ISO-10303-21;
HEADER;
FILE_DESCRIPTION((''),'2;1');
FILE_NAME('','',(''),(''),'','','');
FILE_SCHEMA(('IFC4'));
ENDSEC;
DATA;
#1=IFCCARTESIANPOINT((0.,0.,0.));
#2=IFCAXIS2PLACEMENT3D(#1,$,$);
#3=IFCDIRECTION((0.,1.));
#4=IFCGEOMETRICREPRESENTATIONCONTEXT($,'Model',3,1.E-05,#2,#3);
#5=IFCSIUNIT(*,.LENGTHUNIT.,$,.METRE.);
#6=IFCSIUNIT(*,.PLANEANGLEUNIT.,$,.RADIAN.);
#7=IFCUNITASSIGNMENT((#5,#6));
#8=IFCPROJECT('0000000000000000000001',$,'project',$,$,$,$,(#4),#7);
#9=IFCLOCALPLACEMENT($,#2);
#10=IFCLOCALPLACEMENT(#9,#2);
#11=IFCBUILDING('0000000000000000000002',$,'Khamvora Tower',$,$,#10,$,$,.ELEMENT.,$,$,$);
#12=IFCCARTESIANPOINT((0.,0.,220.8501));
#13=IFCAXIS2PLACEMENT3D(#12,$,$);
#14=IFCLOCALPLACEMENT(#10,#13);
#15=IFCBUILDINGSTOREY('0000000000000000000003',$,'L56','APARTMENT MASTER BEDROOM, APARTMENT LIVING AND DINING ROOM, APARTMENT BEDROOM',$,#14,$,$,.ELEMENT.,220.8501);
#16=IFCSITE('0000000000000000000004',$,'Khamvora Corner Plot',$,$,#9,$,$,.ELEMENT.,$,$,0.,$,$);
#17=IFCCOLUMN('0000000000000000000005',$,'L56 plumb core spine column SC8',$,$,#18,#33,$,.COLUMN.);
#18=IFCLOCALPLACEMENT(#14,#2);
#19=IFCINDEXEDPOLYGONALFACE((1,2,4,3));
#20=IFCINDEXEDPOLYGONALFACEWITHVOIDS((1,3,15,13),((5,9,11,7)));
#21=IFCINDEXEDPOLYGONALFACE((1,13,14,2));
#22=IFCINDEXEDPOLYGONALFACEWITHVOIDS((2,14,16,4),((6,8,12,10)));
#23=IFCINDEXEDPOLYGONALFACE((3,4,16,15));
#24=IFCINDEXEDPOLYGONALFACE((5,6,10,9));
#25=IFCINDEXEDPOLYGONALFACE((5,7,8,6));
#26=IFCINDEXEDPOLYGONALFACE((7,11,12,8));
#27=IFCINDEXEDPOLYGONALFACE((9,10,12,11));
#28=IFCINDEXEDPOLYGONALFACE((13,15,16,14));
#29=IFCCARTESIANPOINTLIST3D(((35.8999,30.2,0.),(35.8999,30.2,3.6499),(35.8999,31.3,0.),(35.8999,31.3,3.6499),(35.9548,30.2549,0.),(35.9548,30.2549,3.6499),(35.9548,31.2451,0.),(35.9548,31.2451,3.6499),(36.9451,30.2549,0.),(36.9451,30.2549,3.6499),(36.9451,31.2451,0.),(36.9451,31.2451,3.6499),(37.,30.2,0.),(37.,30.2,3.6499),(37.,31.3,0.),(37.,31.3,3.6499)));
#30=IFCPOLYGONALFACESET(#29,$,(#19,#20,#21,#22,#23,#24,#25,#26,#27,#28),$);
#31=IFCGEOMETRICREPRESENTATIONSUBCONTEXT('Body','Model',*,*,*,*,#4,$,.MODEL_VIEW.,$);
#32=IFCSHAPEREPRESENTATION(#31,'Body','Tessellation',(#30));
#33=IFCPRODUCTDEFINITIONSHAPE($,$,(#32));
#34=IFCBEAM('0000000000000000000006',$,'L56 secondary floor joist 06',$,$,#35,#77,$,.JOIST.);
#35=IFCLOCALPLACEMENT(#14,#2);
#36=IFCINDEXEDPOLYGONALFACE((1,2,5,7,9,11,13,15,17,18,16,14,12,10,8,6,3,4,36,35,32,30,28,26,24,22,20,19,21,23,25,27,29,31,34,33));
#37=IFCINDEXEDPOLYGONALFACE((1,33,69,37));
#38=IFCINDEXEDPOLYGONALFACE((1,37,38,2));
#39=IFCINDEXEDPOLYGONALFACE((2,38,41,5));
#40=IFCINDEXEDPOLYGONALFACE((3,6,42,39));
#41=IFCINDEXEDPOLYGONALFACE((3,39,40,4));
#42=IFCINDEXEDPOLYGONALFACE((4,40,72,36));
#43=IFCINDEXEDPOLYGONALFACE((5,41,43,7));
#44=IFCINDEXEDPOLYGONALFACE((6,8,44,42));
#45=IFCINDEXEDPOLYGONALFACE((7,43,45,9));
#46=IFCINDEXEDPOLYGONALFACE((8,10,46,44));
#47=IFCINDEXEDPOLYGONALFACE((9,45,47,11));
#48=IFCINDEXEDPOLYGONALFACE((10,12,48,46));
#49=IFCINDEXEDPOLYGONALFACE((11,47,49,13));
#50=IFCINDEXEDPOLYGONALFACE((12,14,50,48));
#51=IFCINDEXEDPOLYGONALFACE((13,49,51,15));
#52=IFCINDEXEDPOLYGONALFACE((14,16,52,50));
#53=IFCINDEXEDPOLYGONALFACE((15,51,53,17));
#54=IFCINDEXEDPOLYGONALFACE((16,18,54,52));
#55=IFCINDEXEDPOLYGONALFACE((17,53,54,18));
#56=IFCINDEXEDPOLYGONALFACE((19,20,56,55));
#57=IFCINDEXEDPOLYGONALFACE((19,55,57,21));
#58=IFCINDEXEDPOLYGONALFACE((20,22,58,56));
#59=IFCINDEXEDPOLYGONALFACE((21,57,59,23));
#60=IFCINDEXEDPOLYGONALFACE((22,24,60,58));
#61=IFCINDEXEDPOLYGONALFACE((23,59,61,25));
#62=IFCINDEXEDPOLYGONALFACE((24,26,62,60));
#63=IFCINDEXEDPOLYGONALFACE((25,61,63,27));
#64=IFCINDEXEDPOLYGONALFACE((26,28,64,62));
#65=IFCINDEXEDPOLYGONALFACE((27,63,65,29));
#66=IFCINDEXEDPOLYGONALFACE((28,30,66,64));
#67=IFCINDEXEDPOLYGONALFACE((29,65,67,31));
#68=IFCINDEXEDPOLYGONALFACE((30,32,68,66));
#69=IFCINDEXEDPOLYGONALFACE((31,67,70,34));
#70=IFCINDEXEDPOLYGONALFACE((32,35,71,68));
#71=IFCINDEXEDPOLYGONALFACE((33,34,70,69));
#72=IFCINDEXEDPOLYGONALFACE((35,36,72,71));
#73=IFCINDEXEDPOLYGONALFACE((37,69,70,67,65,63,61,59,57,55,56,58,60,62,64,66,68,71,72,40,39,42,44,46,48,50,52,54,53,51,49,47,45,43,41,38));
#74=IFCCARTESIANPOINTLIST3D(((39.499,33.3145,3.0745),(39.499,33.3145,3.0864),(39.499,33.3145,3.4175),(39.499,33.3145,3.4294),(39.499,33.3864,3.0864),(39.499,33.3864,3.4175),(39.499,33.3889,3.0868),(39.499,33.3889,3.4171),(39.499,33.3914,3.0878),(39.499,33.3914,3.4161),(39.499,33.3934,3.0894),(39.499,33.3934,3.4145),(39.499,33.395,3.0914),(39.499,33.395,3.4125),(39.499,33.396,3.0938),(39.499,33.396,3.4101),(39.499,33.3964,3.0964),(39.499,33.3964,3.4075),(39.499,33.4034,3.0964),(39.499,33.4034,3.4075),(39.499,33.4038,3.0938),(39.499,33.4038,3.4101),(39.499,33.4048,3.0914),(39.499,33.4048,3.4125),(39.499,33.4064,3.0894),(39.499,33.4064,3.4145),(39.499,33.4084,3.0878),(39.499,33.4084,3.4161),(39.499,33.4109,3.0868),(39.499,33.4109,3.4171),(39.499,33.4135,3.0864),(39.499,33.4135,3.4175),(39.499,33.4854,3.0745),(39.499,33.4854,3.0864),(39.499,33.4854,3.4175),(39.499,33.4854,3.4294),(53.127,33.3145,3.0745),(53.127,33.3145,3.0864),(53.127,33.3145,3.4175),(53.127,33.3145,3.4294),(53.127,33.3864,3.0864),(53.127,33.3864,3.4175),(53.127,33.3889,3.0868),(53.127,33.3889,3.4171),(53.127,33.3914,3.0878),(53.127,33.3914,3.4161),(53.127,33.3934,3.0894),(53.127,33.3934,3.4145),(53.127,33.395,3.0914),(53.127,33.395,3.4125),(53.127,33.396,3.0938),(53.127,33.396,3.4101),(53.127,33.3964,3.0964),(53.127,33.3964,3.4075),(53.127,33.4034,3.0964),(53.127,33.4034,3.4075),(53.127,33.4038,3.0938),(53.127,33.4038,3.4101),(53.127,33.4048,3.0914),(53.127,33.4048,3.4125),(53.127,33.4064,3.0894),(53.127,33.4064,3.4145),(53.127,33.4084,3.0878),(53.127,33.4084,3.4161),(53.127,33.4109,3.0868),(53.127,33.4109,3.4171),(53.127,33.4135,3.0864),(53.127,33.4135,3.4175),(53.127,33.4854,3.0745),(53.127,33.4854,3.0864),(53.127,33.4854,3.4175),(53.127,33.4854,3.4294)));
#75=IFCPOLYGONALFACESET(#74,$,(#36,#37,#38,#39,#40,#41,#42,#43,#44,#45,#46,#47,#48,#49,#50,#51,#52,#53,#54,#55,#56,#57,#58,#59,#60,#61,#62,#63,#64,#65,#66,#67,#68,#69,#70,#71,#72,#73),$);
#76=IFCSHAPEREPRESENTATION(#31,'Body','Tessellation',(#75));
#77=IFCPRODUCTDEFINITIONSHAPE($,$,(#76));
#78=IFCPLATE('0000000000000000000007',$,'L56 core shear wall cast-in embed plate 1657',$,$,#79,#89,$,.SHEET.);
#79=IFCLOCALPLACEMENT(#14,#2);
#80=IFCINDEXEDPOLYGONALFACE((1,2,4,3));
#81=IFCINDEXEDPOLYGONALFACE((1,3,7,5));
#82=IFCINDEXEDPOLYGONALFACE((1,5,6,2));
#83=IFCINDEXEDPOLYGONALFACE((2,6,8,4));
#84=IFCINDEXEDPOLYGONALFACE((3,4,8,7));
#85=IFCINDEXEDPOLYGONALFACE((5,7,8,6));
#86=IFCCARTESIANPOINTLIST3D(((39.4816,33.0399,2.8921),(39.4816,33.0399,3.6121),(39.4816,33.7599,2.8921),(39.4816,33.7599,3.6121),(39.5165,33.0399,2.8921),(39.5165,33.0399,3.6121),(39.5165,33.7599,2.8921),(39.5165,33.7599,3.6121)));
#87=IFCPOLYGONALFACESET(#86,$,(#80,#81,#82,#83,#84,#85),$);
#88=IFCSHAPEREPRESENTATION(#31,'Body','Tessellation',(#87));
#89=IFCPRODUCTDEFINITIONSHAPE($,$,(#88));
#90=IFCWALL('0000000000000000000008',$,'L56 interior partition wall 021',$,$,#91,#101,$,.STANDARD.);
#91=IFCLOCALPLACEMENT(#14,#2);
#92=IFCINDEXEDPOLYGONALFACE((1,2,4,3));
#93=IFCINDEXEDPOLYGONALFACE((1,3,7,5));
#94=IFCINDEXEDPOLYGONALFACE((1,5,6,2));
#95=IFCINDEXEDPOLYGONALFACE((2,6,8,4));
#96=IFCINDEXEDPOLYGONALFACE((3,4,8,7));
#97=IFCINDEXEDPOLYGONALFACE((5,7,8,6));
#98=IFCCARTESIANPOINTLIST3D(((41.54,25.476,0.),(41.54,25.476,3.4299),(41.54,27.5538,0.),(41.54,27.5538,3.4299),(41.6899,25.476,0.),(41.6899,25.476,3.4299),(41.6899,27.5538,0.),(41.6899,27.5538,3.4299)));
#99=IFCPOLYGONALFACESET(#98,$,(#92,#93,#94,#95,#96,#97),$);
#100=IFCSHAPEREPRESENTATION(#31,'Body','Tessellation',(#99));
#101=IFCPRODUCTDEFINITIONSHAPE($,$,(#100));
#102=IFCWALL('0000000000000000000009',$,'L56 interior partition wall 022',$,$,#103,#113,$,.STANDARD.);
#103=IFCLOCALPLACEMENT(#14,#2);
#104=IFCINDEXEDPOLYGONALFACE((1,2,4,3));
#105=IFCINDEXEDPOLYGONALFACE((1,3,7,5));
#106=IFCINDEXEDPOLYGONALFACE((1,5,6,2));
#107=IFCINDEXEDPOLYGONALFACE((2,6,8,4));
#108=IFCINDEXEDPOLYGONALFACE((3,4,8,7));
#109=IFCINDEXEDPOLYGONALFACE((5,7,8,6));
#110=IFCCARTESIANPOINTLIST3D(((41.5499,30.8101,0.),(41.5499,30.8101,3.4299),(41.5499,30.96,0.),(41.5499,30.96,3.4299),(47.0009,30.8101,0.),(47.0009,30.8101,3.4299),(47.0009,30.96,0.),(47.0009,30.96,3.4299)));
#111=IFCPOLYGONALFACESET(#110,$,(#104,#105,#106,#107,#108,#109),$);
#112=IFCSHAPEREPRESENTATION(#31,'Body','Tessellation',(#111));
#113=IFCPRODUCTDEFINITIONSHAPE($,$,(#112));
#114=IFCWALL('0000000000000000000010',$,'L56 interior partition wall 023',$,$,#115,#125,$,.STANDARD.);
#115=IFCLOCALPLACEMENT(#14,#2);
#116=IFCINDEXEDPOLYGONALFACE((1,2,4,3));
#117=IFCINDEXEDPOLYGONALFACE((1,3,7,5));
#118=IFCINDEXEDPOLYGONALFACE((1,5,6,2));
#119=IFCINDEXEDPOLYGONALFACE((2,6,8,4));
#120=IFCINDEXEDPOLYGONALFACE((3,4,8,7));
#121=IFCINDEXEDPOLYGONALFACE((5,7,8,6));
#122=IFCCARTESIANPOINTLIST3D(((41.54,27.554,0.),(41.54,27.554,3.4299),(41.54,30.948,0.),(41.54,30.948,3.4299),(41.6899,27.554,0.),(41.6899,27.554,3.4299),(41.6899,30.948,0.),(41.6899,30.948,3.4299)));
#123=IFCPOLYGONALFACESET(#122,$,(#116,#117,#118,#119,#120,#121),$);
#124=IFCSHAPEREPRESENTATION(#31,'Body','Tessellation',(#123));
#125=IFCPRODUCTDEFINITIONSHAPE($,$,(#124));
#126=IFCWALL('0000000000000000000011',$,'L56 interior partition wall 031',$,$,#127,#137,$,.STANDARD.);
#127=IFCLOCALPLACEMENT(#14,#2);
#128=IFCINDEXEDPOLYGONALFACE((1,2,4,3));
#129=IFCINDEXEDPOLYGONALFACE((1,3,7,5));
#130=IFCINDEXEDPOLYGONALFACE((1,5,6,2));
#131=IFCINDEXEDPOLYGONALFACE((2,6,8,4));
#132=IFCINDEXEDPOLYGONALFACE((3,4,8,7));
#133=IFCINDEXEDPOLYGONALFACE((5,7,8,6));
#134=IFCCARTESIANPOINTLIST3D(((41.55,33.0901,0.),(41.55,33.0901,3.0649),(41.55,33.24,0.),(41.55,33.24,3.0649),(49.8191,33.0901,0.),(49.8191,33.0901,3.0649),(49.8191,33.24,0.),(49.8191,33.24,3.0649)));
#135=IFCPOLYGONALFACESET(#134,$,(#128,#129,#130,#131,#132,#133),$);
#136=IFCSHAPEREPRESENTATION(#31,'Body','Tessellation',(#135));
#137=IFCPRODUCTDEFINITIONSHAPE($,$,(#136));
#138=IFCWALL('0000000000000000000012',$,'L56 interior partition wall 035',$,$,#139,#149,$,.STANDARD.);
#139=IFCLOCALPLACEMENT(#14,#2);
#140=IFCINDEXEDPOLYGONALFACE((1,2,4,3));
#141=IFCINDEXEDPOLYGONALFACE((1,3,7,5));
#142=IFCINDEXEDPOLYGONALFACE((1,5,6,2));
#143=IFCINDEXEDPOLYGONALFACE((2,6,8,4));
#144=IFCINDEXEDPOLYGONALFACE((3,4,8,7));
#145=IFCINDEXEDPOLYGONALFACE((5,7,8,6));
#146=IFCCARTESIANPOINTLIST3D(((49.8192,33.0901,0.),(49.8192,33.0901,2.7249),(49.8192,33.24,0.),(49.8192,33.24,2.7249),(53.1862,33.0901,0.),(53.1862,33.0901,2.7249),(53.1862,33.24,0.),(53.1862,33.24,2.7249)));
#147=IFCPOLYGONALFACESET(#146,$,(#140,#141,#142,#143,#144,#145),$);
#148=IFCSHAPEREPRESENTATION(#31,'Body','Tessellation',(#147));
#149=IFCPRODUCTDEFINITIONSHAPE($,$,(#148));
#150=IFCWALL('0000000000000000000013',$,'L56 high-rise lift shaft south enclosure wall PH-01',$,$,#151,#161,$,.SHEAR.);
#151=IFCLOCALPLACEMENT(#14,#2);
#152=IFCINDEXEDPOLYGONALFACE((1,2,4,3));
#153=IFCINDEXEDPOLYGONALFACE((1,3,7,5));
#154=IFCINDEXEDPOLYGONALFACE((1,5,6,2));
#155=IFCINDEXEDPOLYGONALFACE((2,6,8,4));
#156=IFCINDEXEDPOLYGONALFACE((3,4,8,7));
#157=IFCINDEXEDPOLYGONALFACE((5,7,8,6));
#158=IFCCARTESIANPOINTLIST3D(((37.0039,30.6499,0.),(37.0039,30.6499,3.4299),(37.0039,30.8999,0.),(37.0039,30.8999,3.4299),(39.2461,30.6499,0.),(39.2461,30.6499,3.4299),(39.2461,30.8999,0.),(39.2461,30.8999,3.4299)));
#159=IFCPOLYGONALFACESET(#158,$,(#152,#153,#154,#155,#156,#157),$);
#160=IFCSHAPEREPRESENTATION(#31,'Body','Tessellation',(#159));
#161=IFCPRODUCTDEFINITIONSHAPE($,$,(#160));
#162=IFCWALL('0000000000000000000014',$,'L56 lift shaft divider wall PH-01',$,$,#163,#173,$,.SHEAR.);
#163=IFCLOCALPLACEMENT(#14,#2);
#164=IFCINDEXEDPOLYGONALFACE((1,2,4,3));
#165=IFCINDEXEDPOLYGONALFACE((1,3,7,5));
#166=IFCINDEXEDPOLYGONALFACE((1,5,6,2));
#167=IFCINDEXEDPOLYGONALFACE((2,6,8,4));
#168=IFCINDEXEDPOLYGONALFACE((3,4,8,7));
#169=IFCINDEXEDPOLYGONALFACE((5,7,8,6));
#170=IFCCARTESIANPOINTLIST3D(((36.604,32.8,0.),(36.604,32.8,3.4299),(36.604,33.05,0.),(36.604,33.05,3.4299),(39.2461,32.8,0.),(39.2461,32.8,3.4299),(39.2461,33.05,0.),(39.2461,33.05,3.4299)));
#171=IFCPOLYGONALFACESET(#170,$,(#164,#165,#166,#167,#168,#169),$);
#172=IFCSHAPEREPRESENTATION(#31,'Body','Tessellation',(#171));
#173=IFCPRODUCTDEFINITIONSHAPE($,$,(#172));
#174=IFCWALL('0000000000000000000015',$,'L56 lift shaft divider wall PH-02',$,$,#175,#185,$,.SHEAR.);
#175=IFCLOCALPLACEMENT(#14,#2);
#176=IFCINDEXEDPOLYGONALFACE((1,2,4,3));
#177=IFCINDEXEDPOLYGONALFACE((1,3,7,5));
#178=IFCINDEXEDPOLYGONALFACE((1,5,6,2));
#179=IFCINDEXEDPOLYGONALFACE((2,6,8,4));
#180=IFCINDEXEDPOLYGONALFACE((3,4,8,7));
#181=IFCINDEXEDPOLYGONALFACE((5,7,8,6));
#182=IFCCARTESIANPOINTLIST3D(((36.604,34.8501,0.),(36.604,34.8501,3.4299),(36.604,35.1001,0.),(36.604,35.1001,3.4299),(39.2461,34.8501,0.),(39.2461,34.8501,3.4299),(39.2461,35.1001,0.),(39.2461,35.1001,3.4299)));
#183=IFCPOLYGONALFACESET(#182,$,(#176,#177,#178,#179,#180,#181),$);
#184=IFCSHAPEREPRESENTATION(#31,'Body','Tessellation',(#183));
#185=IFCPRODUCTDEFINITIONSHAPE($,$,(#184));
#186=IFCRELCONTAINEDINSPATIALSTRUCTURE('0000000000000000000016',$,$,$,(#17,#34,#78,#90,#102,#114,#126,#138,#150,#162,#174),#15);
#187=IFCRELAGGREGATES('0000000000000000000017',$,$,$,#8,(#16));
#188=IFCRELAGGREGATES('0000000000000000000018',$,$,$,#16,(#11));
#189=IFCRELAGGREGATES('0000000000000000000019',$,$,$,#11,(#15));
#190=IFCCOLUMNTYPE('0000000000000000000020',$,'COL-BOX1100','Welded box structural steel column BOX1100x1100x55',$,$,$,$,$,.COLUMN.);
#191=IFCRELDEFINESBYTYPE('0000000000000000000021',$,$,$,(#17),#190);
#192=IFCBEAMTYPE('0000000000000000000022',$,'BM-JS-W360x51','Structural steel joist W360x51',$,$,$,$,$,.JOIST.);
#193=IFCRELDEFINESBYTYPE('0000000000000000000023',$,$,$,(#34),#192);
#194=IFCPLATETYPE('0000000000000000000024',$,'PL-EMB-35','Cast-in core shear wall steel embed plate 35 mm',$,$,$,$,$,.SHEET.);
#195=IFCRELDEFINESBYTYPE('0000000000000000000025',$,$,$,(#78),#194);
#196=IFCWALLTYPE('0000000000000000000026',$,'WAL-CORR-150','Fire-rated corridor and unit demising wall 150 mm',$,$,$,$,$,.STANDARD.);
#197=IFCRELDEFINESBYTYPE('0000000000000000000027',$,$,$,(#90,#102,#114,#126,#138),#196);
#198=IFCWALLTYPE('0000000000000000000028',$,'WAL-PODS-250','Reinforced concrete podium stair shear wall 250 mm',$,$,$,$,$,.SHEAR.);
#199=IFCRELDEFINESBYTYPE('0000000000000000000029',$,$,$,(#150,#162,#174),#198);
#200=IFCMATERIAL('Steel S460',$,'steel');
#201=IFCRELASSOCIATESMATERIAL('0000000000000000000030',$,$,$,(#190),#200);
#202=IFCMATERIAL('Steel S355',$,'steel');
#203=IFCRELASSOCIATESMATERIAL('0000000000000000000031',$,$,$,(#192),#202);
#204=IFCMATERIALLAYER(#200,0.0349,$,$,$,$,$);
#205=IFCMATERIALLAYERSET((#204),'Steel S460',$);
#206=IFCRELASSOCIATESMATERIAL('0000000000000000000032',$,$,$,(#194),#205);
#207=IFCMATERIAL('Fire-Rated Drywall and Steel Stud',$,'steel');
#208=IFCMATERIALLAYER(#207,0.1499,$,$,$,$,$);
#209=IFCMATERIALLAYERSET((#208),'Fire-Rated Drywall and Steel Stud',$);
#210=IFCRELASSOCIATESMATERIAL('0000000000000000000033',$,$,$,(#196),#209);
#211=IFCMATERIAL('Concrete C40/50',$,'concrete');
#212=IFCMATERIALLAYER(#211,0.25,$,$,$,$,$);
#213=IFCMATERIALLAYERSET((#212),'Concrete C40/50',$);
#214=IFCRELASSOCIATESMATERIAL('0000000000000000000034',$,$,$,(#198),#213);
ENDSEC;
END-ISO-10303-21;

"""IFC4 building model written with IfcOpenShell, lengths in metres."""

from ifc_helpers import new_model, si_unit, direction, frame, frame_2d, origin, origin_2d, place, context, subcontext, project, spatial, rectangle, hollow_rectangle, i_section, extrude, material, layer, layer_set, material_profile, profile_set, type_object, element, save


model = new_model("IFC4")

# Units and contexts
model_context = context("Model", 3, precision=1e-05, world=origin(), true_north=direction((0.0, 1.0)))
body_context = subcontext(model_context, "Body", "Model", "MODEL_VIEW")
ifc_project = project(units=[si_unit("LENGTHUNIT", "METRE"), si_unit("PLANEANGLEUNIT", "RADIAN")], contexts=[model_context])

# Site, building, storey
site_placement = place(None, origin())
site = spatial("IfcSite", under=ifc_project, at=site_placement, Name="Khamvora Corner Plot", CompositionType="ELEMENT", RefElevation=0.0)
building_placement = place(site_placement, origin())
building = spatial("IfcBuilding", under=site, at=building_placement, Name="Khamvora Tower", CompositionType="ELEMENT")
storey_placement = place(building_placement, frame((0.0, 0.0, 220.8501)))
storey = spatial("IfcBuildingStorey", under=building, at=storey_placement, Name="L56", Description="APARTMENT MASTER BEDROOM, APARTMENT LIVING AND DINING ROOM, APARTMENT BEDROOM", CompositionType="ELEMENT", Elevation=220.8501)

# Column
ifc_material_1 = material(Name="Steel S460", Category="steel")
ifc_material_profile_1 = material_profile(ifc_material_1, hollow_rectangle(XDim=1.1001, YDim=1.1001, WallThickness=0.0549, at=origin_2d()), Name="BOX1100x1100x55")
ifc_profile_set_1 = profile_set([ifc_material_profile_1], Name="Steel S460")
column_type = type_object("IfcColumnType", Name="COL-BOX1100", Description="Welded box structural steel column BOX1100x1100x55", PredefinedType="COLUMN", material=ifc_profile_set_1)
column_placement = place(storey_placement, frame((36.45, 30.75, 0.0), z_axis=(0.0, 0.0, 1.0), x_axis=(1.0, 0.0, 0.0)))
element("IfcColumn", 1, at=column_placement, inside=storey, type_object=column_type, Name="L56 plumb core spine column SC8", PredefinedType="COLUMN", context=body_context, shape_type="SweptSolid", body=[
    extrude(hollow_rectangle(XDim=1.1001, YDim=1.1001, WallThickness=0.0549, at=origin_2d()), origin(), (0.0, 0.0, 1.0), 3.6499),
])

# Beam
ifc_material_2 = material(Name="Steel S355", Category="steel")
ifc_material_profile_2 = material_profile(ifc_material_2, i_section(OverallWidth=0.1709, OverallDepth=0.355, WebThickness=0.0071, FlangeThickness=0.012, FilletRadius=0.01, at=origin_2d()), Name="W360x51")
ifc_profile_set_2 = profile_set([ifc_material_profile_2], Name="Steel S355")
beam_type = type_object("IfcBeamType", Name="BM-JS-W360x51", Description="Structural steel joist W360x51", PredefinedType="JOIST", material=ifc_profile_set_2)
beam_placement = place(storey_placement, frame((39.499, 33.3999, 3.252), z_axis=(1.0, 0.0, 0.0), x_axis=(0.0, 1.0, 0.0)))
element("IfcBeam", 2, at=beam_placement, inside=storey, type_object=beam_type, Name="L56 secondary floor joist 06", PredefinedType="JOIST", context=body_context, shape_type="SweptSolid", body=[
    extrude(i_section(OverallWidth=0.1709, OverallDepth=0.355, WebThickness=0.0071, FlangeThickness=0.012, FilletRadius=0.01, at=origin_2d()), origin(), (0.0, 0.0, 1.0), 13.6279),
])

# Plate
ifc_layer_1 = layer(ifc_material_1, 0.0349)
ifc_layer_set_1 = layer_set([ifc_layer_1], Name="Steel S460")
plate_type = type_object("IfcPlateType", Name="PL-EMB-35", Description="Cast-in core shear wall steel embed plate 35 mm", PredefinedType="SHEET", material=ifc_layer_set_1)
plate_placement = place(storey_placement, frame((39.499, 33.3999, 2.8921), z_axis=(0.0, 0.0, 1.0), x_axis=(1.0, 0.0, 0.0)))
element("IfcPlate", 3, at=plate_placement, inside=storey, type_object=plate_type, Name="L56 core shear wall cast-in embed plate 1657", PredefinedType="SHEET", context=body_context, shape_type="SweptSolid", body=[
    extrude(rectangle(XDim=0.0349, YDim=0.72, at=origin_2d()), origin(), (0.0, 0.0, 1.0), 0.72),
])

# Shared definitions
ifc_material_3 = material(Name="Fire-Rated Drywall and Steel Stud", Category="steel")
ifc_layer_2 = layer(ifc_material_3, 0.1499)
ifc_layer_set_2 = layer_set([ifc_layer_2], Name="Fire-Rated Drywall and Steel Stud")
wall_type_1 = type_object("IfcWallType", Name="WAL-CORR-150", Description="Fire-rated corridor and unit demising wall 150 mm", PredefinedType="STANDARD", material=ifc_layer_set_2)

# Walls
wall_1_placement = place(storey_placement, frame((41.615, 27.554, 0.0), z_axis=(0.0, 0.0, 1.0), x_axis=(0.0, -1.0, 0.0)))
element("IfcWall", 4, at=wall_1_placement, inside=storey, type_object=wall_type_1, Name="L56 interior partition wall 021", PredefinedType="STANDARD", context=body_context, shape_type="SweptSolid", body=[
    extrude(rectangle(XDim=2.0779, YDim=0.1499, at=frame_2d((1.0391, 0.0))), origin(), (0.0, 0.0, 1.0), 3.4299),
])
wall_2_placement = place(storey_placement, frame((47.001, 30.885, 0.0), z_axis=(0.0, 0.0, 1.0), x_axis=(-1.0, 0.0, 0.0)))
element("IfcWall", 5, at=wall_2_placement, inside=storey, type_object=wall_type_1, Name="L56 interior partition wall 022", PredefinedType="STANDARD", context=body_context, shape_type="SweptSolid", body=[
    extrude(rectangle(XDim=5.4509, YDim=0.1499, at=frame_2d((2.7256, 0.0))), origin(), (0.0, 0.0, 1.0), 3.4299),
])
wall_3_placement = place(storey_placement, frame((41.615, 30.948, 0.0), z_axis=(0.0, 0.0, 1.0), x_axis=(0.0, -1.0, 0.0)))
element("IfcWall", 6, at=wall_3_placement, inside=storey, type_object=wall_type_1, Name="L56 interior partition wall 023", PredefinedType="STANDARD", context=body_context, shape_type="SweptSolid", body=[
    extrude(rectangle(XDim=3.394, YDim=0.1499, at=frame_2d((1.697, 0.0))), origin(), (0.0, 0.0, 1.0), 3.4299),
])
wall_4_placement = place(storey_placement, frame((41.55, 33.165, 0.0), z_axis=(0.0, 0.0, 1.0), x_axis=(1.0, 0.0, 0.0)))
element("IfcWall", 7, at=wall_4_placement, inside=storey, type_object=wall_type_1, Name="L56 interior partition wall 031", PredefinedType="STANDARD", context=body_context, shape_type="SweptSolid", body=[
    extrude(rectangle(XDim=8.269, YDim=0.1499, at=frame_2d((4.1345, 0.0))), origin(), (0.0, 0.0, 1.0), 3.0649),
])
wall_5_placement = place(storey_placement, frame((49.8191, 33.165, 0.0), z_axis=(0.0, 0.0, 1.0), x_axis=(1.0, 0.0, 0.0)))
element("IfcWall", 8, at=wall_5_placement, inside=storey, type_object=wall_type_1, Name="L56 interior partition wall 035", PredefinedType="STANDARD", context=body_context, shape_type="SweptSolid", body=[
    extrude(rectangle(XDim=3.3669, YDim=0.1499, at=frame_2d((1.6836, 0.0))), origin(), (0.0, 0.0, 1.0), 2.7249),
])
ifc_material_4 = material(Name="Concrete C40/50", Category="concrete")
ifc_layer_3 = layer(ifc_material_4, 0.25)
ifc_layer_set_3 = layer_set([ifc_layer_3], Name="Concrete C40/50")
wall_type_2 = type_object("IfcWallType", Name="WAL-PODS-250", Description="Reinforced concrete podium stair shear wall 250 mm", PredefinedType="SHEAR", material=ifc_layer_set_3)
wall_6_placement = place(storey_placement, frame((37.0039, 30.7749, 0.0), z_axis=(0.0, 0.0, 1.0), x_axis=(1.0, 0.0, 0.0)))
element("IfcWall", 9, at=wall_6_placement, inside=storey, type_object=wall_type_2, Name="L56 high-rise lift shaft south enclosure wall PH-01", PredefinedType="SHEAR", context=body_context, shape_type="SweptSolid", body=[
    extrude(rectangle(XDim=2.2422, YDim=0.25, at=frame_2d((1.1211, 0.0))), origin(), (0.0, 0.0, 1.0), 3.4299),
])
for number, where, z_axis, x_axis, name in (
    (10, (36.604, 32.925, 0.0), (0.0, 0.0, 1.0), (1.0, 0.0, 0.0), "L56 lift shaft divider wall PH-01"),
    (11, (36.604, 34.9751, 0.0), (0.0, 0.0, 1.0), (1.0, 0.0, 0.0), "L56 lift shaft divider wall PH-02"),
):
    element("IfcWall", number, at=place(storey_placement, frame(where, z_axis=z_axis, x_axis=x_axis)), inside=storey, type_object=wall_type_2, Name=name, PredefinedType="SHEAR", context=body_context, shape_type="SweptSolid", body=[
        extrude(rectangle(XDim=2.6421, YDim=0.25, at=frame_2d((1.321, 0.0))), origin(), (0.0, 0.0, 1.0), 3.4299),
    ])

save(model, "model.ifc")
